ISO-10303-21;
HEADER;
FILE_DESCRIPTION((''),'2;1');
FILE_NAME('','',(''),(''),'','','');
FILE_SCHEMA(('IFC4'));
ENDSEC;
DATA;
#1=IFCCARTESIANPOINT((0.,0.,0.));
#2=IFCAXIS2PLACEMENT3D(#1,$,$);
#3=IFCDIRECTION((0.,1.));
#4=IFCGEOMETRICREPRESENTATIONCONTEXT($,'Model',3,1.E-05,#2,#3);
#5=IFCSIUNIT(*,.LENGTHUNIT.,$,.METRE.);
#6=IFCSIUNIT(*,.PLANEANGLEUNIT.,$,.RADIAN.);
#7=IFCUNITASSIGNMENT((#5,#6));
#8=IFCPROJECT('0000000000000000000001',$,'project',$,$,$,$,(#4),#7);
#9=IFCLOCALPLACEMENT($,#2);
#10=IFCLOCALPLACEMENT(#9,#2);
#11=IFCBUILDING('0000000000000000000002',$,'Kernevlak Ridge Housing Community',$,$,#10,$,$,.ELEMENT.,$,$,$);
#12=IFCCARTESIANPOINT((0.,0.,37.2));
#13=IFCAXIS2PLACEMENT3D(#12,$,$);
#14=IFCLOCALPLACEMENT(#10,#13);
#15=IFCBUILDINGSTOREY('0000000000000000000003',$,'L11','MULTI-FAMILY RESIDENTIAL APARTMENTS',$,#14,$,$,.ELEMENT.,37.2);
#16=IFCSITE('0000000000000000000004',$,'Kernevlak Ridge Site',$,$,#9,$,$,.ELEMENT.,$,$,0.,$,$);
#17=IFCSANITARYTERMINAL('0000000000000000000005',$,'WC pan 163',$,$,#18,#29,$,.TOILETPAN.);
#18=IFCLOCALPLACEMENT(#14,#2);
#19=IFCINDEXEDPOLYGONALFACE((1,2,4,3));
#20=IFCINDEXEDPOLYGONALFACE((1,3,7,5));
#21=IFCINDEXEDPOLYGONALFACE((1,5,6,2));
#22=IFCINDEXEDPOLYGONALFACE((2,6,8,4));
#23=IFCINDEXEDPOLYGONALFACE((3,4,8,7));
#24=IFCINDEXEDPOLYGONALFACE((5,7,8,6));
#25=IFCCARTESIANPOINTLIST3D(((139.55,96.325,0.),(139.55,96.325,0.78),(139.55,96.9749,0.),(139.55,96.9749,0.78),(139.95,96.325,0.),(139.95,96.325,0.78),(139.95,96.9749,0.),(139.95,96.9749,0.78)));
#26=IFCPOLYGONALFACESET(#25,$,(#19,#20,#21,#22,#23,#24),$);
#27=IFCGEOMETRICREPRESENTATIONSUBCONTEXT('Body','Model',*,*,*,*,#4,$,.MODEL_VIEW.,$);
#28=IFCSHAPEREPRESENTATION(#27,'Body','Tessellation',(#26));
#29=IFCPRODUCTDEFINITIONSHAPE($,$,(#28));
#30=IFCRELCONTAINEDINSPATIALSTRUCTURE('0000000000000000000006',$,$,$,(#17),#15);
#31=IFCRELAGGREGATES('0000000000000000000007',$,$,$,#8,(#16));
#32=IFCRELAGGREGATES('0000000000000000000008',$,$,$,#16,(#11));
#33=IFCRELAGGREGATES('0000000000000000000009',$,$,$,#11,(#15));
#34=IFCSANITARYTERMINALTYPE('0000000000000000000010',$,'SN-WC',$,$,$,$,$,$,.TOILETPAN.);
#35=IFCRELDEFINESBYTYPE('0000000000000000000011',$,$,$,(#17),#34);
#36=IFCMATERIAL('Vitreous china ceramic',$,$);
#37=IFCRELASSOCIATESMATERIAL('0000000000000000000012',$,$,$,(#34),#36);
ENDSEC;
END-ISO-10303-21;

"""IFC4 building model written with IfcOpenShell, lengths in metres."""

from ifc_helpers import new_model, si_unit, direction, frame, origin, origin_2d, place, context, subcontext, project, spatial, rectangle, extrude, material, type_object, element, save


model = new_model("IFC4")

# Units and contexts
model_context = context("Model", 3, precision=1e-05, world=origin(), true_north=direction((0.0, 1.0)))
body_context = subcontext(model_context, "Body", "Model", "MODEL_VIEW")
ifc_project = project(units=[si_unit("LENGTHUNIT", "METRE"), si_unit("PLANEANGLEUNIT", "RADIAN")], contexts=[model_context])

# Site, building, storey
site_placement = place(None, origin())
site = spatial("IfcSite", under=ifc_project, at=site_placement, Name="Kernevlak Ridge Site", CompositionType="ELEMENT", RefElevation=0.0)
building_placement = place(site_placement, origin())
building = spatial("IfcBuilding", under=site, at=building_placement, Name="Kernevlak Ridge Housing Community", CompositionType="ELEMENT")
storey_placement = place(building_placement, frame((0.0, 0.0, 37.2)))
storey = spatial("IfcBuildingStorey", under=building, at=storey_placement, Name="L11", Description="MULTI-FAMILY RESIDENTIAL APARTMENTS", CompositionType="ELEMENT", Elevation=37.2)

# Sanitary terminal
ifc_material_1 = material(Name="Vitreous china ceramic")
sanitary_terminal_type_1 = type_object("IfcSanitaryTerminalType", Name="SN-WC", PredefinedType="TOILETPAN", material=ifc_material_1)
sanitary_terminal_1_placement = place(storey_placement, frame((139.75, 96.6499, 0.0), z_axis=(0.0, 0.0, 1.0), x_axis=(1.0, 0.0, 0.0)))
element("IfcSanitaryTerminal", 1, at=sanitary_terminal_1_placement, inside=storey, type_object=sanitary_terminal_type_1, Name="WC pan 163", PredefinedType="TOILETPAN", context=body_context, shape_type="SweptSolid", body=[
    extrude(rectangle(XDim=0.3999, YDim=0.6499, at=origin_2d()), origin(), (0.0, 0.0, 1.0), 0.78),
])

save(model, "model.ifc")
